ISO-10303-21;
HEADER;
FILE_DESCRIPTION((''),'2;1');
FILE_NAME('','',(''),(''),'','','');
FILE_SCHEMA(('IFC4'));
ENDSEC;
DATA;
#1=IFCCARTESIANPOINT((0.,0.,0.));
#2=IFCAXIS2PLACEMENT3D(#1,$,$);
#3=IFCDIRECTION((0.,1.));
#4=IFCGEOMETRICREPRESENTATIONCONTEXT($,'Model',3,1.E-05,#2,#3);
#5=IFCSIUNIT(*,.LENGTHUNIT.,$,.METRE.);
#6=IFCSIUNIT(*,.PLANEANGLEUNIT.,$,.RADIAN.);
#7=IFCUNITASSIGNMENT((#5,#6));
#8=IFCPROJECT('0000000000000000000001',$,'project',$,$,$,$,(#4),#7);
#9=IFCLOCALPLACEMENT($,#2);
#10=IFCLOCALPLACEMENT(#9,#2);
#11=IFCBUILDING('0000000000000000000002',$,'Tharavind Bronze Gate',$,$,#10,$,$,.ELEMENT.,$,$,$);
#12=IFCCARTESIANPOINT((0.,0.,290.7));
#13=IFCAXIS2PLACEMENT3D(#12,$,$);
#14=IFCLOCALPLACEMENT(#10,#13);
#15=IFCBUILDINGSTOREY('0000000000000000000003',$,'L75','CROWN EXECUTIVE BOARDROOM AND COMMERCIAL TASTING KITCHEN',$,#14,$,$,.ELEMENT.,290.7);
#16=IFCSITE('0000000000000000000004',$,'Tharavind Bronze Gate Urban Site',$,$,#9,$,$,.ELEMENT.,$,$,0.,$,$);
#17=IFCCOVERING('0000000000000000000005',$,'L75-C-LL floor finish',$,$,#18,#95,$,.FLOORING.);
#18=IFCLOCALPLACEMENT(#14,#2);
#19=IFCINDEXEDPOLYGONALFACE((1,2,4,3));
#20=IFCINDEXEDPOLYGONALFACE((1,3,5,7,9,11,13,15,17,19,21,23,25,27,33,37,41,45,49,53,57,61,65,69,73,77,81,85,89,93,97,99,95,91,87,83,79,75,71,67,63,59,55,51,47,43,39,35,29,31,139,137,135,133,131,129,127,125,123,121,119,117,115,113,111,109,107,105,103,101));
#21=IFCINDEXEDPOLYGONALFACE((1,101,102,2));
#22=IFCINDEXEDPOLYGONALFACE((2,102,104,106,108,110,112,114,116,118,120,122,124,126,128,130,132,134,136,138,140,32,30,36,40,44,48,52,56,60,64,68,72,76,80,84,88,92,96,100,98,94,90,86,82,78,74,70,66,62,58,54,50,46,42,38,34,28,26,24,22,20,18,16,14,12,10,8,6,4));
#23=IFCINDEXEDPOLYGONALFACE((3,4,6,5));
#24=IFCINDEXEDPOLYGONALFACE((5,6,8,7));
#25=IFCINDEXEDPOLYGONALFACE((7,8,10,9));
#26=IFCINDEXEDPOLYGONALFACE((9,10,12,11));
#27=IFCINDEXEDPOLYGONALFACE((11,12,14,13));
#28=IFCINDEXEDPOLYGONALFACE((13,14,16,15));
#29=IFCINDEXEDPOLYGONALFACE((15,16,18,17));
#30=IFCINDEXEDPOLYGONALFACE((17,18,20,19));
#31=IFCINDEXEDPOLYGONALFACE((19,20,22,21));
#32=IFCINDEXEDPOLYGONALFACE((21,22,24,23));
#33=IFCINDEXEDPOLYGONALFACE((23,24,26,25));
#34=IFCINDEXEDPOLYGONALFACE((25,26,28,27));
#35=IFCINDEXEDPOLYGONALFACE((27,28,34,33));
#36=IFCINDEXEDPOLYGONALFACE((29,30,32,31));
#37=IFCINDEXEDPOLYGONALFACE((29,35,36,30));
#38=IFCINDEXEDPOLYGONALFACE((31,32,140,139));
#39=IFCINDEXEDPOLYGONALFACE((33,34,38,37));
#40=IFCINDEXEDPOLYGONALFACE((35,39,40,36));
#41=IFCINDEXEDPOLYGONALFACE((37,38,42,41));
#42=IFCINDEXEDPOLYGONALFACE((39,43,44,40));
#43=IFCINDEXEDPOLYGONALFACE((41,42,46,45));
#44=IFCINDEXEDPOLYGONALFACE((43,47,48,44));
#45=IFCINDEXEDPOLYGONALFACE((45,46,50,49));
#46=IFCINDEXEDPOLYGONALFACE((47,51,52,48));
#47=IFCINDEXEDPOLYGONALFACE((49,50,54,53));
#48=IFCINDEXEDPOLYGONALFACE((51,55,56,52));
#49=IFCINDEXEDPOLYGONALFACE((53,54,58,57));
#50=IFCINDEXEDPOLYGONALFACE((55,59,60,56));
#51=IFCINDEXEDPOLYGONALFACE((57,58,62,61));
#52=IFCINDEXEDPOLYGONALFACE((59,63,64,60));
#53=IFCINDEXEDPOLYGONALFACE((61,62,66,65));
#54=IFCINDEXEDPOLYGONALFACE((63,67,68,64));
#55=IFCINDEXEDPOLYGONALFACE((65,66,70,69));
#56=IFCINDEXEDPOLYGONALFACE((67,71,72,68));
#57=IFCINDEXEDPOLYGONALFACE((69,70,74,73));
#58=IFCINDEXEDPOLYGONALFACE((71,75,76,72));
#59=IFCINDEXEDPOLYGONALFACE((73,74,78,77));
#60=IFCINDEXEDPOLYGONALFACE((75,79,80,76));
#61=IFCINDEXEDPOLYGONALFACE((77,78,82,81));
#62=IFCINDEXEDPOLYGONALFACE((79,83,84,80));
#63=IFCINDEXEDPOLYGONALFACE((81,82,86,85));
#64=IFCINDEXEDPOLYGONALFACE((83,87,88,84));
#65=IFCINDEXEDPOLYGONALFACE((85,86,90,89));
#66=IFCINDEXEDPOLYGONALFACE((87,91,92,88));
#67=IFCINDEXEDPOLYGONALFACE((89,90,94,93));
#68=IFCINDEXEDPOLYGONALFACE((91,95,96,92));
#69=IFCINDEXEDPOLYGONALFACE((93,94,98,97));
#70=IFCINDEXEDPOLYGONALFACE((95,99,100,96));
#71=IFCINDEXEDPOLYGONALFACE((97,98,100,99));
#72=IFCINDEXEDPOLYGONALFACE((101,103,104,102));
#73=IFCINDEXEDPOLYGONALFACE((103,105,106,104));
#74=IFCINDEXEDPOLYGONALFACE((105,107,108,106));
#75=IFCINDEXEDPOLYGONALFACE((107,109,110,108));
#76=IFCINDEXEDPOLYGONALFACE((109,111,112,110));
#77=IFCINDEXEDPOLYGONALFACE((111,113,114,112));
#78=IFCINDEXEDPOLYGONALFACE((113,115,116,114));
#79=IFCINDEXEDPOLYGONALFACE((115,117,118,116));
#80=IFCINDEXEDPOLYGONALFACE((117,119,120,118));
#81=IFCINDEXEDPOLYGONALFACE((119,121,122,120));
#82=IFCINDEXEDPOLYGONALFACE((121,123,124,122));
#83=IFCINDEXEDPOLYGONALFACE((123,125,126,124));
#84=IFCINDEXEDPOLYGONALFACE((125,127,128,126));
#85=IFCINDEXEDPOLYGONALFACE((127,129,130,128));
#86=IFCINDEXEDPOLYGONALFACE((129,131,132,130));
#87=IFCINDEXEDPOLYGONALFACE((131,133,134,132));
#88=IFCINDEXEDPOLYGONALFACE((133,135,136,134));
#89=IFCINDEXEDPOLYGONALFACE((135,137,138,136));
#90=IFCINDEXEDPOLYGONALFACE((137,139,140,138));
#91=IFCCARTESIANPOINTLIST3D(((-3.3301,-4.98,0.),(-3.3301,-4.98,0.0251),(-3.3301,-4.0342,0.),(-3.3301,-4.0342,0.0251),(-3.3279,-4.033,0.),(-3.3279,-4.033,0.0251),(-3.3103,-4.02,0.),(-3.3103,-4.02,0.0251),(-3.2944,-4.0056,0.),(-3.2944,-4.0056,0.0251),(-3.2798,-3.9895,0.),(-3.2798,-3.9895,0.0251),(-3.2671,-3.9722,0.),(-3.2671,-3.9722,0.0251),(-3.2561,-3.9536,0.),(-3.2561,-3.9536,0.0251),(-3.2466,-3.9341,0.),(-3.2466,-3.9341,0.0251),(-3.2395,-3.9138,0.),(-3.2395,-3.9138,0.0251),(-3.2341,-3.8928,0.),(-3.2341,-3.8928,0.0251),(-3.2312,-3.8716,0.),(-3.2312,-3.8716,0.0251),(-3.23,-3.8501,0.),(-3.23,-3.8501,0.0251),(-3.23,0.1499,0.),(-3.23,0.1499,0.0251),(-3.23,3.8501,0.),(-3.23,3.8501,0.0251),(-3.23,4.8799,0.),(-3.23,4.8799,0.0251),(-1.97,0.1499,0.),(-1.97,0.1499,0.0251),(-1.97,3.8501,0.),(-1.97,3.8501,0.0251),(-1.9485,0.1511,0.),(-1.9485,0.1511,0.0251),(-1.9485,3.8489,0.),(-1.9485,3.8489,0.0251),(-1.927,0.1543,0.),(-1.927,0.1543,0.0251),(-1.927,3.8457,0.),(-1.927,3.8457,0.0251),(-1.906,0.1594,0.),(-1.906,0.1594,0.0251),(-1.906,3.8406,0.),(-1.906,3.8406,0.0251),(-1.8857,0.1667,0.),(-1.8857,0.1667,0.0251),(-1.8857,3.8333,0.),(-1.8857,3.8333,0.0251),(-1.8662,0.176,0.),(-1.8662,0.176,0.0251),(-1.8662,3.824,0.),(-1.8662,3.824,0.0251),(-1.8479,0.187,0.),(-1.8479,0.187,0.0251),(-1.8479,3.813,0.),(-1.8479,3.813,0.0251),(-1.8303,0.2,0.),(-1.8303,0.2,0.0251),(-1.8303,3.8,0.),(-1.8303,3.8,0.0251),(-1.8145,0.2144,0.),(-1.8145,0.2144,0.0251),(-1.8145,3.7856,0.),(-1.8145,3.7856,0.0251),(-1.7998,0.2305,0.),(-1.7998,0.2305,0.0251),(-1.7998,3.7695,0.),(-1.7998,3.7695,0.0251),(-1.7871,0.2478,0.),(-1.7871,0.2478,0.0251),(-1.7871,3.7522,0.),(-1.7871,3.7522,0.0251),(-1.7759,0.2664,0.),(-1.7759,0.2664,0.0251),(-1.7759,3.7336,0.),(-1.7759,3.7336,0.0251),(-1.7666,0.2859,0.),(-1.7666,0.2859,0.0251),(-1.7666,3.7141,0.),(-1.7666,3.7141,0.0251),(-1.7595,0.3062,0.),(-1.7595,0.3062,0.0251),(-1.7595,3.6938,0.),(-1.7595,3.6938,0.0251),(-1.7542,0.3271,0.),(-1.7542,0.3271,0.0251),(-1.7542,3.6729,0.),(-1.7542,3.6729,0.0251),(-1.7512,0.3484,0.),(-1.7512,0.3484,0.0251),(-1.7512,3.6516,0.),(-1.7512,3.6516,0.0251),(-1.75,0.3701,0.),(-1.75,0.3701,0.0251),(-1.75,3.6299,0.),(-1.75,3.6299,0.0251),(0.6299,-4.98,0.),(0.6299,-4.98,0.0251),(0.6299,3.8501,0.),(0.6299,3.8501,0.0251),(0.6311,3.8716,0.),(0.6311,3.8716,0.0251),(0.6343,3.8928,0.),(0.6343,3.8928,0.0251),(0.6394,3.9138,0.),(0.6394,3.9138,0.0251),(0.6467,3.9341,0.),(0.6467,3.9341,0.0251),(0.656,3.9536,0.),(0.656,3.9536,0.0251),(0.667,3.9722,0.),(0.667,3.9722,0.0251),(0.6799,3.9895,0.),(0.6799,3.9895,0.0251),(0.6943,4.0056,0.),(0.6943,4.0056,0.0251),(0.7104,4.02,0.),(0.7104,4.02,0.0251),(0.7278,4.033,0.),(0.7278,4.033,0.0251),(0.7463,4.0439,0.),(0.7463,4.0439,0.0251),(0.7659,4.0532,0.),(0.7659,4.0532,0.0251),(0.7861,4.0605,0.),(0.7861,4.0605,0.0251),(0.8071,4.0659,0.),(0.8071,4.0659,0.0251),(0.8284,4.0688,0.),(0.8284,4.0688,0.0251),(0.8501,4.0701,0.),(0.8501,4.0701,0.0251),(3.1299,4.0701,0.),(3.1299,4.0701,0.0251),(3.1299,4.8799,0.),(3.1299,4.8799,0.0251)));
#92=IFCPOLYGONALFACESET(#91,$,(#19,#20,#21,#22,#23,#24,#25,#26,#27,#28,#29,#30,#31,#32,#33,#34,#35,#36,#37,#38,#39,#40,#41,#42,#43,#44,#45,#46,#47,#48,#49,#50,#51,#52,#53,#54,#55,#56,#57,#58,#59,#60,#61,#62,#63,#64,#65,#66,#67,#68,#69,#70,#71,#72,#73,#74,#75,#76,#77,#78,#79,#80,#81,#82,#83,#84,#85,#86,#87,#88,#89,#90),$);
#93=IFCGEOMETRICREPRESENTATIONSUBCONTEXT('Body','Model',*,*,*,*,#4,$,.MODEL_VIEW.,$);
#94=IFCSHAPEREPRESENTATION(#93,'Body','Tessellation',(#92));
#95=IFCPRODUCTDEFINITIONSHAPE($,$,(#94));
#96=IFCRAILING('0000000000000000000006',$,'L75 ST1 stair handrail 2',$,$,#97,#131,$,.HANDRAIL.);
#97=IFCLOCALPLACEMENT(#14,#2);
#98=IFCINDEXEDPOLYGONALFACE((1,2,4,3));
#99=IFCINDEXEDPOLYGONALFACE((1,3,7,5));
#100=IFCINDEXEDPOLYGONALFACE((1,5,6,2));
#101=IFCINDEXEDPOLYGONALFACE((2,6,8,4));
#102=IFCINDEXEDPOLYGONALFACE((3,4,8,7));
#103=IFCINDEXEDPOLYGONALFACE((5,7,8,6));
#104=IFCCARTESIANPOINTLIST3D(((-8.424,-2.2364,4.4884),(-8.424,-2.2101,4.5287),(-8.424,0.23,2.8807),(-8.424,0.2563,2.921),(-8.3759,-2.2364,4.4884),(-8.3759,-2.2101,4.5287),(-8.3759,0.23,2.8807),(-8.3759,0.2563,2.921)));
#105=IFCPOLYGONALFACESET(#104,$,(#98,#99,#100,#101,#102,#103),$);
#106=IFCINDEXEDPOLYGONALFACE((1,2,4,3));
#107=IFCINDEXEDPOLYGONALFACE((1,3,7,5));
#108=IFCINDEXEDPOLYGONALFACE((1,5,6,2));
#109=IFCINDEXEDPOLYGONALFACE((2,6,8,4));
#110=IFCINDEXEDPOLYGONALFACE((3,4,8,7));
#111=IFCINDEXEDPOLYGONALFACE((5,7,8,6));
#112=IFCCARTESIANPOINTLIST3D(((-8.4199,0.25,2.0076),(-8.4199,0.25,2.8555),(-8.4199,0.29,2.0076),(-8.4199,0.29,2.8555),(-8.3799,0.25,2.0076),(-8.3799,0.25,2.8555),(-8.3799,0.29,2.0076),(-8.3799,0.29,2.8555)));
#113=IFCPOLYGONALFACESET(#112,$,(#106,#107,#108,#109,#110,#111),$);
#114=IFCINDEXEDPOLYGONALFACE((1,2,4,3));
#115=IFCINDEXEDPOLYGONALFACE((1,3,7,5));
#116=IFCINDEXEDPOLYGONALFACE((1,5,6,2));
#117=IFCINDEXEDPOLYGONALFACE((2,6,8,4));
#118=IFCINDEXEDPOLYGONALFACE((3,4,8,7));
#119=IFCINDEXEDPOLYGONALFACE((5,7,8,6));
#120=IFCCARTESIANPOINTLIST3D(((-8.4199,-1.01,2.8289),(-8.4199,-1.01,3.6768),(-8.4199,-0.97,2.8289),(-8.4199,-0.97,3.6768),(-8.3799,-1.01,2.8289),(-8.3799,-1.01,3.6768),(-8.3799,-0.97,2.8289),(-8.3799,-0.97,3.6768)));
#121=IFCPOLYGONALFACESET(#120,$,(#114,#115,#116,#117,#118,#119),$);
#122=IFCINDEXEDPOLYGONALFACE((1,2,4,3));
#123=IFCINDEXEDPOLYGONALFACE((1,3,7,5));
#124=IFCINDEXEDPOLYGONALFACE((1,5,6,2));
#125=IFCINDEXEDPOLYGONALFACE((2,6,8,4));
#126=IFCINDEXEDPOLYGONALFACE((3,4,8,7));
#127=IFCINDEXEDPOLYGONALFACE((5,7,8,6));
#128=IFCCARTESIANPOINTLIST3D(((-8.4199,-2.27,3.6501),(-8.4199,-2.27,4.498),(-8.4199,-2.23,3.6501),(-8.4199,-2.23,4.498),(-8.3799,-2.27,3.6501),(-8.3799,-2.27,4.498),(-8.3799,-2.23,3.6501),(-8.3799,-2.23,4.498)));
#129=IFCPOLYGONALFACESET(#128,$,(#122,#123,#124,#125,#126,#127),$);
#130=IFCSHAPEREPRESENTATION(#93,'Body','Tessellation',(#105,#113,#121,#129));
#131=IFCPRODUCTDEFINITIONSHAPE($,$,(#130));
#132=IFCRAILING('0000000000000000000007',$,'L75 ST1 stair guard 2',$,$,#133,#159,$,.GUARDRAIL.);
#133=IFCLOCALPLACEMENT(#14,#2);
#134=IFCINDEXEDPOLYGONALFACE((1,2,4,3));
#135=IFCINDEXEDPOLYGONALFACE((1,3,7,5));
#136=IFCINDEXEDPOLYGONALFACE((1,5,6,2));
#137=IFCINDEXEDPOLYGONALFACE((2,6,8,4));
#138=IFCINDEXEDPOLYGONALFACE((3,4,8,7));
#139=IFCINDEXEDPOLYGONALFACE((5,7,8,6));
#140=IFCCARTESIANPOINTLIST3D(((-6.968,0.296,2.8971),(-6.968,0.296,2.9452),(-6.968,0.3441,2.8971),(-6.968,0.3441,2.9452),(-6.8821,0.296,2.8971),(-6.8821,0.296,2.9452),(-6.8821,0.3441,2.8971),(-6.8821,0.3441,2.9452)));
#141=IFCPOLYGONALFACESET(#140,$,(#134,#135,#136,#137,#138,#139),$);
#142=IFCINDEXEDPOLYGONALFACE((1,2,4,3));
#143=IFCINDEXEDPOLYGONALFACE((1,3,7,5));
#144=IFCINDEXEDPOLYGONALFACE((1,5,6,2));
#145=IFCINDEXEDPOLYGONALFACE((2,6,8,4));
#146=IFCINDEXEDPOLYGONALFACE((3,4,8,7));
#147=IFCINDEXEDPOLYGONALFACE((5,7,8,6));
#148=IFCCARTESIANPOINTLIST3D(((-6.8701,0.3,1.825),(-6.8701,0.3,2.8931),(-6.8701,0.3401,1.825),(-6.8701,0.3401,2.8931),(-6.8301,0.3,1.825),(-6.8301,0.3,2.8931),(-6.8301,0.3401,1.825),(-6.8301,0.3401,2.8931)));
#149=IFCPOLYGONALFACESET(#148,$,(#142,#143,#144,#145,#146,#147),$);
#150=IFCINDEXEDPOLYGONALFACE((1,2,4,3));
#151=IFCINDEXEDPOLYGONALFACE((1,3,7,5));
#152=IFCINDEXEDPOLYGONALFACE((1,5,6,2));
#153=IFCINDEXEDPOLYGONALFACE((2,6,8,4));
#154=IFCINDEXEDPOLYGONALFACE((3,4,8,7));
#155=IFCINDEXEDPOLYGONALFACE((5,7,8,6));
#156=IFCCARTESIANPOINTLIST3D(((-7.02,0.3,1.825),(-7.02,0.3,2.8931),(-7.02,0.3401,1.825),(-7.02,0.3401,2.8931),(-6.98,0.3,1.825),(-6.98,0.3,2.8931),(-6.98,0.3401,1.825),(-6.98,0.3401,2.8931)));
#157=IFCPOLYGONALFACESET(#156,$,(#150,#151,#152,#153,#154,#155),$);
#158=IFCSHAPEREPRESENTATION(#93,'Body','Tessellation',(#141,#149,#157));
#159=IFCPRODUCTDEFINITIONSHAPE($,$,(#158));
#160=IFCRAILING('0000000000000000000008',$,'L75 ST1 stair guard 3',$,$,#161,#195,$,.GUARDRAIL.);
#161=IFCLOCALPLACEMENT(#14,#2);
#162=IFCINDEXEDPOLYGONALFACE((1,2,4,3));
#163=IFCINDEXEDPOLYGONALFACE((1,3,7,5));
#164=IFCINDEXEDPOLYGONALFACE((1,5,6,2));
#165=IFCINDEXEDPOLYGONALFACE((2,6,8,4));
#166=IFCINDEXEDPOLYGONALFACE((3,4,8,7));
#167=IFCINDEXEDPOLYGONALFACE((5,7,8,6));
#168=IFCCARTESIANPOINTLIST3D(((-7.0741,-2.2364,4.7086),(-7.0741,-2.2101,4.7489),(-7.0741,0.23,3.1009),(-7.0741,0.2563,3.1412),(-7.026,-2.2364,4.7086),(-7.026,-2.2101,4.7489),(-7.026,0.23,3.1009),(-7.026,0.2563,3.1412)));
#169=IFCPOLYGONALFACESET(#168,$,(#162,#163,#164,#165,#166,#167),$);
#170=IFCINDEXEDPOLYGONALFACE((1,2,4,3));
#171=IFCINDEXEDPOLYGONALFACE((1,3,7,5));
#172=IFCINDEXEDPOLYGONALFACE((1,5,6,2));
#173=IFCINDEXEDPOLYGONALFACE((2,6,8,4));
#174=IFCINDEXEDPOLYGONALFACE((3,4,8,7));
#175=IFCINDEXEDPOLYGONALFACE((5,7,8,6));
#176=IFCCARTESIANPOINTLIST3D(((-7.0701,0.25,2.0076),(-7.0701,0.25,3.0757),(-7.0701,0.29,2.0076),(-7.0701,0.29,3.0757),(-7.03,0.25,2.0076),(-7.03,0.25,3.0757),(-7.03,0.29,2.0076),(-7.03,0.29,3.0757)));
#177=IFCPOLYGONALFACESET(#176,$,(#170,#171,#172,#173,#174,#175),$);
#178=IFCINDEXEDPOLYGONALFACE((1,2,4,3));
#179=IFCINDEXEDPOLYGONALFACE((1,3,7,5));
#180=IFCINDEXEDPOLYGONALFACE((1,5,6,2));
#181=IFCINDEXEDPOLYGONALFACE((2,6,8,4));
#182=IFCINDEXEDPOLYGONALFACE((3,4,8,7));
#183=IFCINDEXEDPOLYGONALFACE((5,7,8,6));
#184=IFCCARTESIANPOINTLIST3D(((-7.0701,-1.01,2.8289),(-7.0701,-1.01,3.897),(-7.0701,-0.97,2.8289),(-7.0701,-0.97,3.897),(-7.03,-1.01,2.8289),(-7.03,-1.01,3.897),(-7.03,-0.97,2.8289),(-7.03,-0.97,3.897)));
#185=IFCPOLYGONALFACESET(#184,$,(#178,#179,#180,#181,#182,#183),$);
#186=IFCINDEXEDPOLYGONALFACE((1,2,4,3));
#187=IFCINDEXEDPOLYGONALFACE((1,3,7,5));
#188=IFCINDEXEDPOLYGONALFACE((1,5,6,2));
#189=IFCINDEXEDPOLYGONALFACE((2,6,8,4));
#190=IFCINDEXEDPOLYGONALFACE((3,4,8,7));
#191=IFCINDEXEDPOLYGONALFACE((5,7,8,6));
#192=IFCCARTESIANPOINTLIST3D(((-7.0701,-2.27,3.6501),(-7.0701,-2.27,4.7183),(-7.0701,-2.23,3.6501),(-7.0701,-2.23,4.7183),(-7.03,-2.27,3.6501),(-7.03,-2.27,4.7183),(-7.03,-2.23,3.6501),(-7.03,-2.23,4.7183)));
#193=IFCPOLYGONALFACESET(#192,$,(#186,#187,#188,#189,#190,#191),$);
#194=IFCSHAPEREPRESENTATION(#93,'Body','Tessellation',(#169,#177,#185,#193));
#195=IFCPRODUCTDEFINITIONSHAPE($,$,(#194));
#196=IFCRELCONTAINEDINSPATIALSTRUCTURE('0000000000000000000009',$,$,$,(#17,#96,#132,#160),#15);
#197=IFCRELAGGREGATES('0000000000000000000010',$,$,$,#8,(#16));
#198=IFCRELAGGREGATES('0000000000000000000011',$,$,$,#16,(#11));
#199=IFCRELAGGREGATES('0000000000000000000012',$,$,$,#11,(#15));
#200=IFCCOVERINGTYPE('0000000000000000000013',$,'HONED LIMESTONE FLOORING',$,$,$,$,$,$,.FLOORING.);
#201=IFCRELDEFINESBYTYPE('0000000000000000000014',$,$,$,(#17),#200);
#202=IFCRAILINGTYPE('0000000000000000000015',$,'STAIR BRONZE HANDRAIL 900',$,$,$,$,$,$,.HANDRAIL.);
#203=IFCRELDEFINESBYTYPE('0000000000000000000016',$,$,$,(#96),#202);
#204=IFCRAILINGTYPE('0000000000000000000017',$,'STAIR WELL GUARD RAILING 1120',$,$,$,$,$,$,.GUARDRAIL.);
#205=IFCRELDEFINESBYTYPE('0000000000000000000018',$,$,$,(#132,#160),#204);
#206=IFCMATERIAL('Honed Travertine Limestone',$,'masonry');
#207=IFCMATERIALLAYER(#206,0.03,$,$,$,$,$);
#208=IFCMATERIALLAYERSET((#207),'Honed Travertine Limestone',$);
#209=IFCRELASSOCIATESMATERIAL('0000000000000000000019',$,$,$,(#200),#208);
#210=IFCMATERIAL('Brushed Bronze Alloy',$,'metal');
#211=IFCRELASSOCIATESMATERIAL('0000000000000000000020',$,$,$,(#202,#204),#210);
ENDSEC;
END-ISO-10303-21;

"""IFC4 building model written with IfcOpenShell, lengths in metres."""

from ifc_helpers import new_model, si_unit, direction, frame, origin, origin_2d, place, context, subcontext, project, spatial, polyline, rectangle, outline, extrude, material, layer, layer_set, type_object, element, save


model = new_model("IFC4")

# Units and contexts
model_context = context("Model", 3, precision=1e-05, world=origin(), true_north=direction((0.0, 1.0)))
body_context = subcontext(model_context, "Body", "Model", "MODEL_VIEW")
ifc_project = project(units=[si_unit("LENGTHUNIT", "METRE"), si_unit("PLANEANGLEUNIT", "RADIAN")], contexts=[model_context])

# Site, building, storey
site_placement = place(None, origin())
site = spatial("IfcSite", under=ifc_project, at=site_placement, Name="Tharavind Bronze Gate Urban Site", CompositionType="ELEMENT", RefElevation=0.0)
building_placement = place(site_placement, origin())
building = spatial("IfcBuilding", under=site, at=building_placement, Name="Tharavind Bronze Gate", CompositionType="ELEMENT")
storey_placement = place(building_placement, frame((0.0, 0.0, 290.7)))
storey = spatial("IfcBuildingStorey", under=building, at=storey_placement, Name="L75", Description="CROWN EXECUTIVE BOARDROOM AND COMMERCIAL TASTING KITCHEN", CompositionType="ELEMENT", Elevation=290.7)

# Covering
ifc_material_1 = material(Name="Honed Travertine Limestone", Category="masonry")
ifc_layer_1 = layer(ifc_material_1, 0.03)
ifc_layer_set_1 = layer_set([ifc_layer_1], Name="Honed Travertine Limestone")
covering_type_1 = type_object("IfcCoveringType", Name="HONED LIMESTONE FLOORING", PredefinedType="FLOORING", material=ifc_layer_set_1)
covering_1_placement = place(storey_placement, origin())
element("IfcCovering", 1, at=covering_1_placement, inside=storey, type_object=covering_type_1, Name="L75-C-LL floor finish", PredefinedType="FLOORING", context=body_context, shape_type="SweptSolid", body=[
    extrude(outline(polyline([(-3.3301, -4.98), (0.6299, -4.98), (0.6299, 3.8501), (0.6311, 3.8716), (0.6343, 3.8928), (0.6394, 3.9138), (0.6467, 3.9341), (0.656, 3.9536), (0.667, 3.9722), (0.6799, 3.9895), (0.6943, 4.0056), (0.7104, 4.02), (0.7278, 4.033), (0.7463, 4.0439), (0.7659, 4.0532), (0.7861, 4.0605), (0.8071, 4.0659), (0.8284, 4.0688), (0.8501, 4.0701), (3.1299, 4.0701), (3.1299, 4.8799), (-3.23, 4.8799), (-3.23, 3.8501), (-1.97, 3.8501), (-1.9485, 3.8489), (-1.927, 3.8457), (-1.906, 3.8406), (-1.8857, 3.8333), (-1.8662, 3.824), (-1.8479, 3.813), (-1.8303, 3.8), (-1.8145, 3.7856), (-1.7998, 3.7695), (-1.7871, 3.7522), (-1.7759, 3.7336), (-1.7666, 3.7141), (-1.7595, 3.6938), (-1.7542, 3.6729), (-1.7512, 3.6516), (-1.75, 3.6299), (-1.75, 0.3701), (-1.7512, 0.3484), (-1.7542, 0.3271), (-1.7595, 0.3062), (-1.7666, 0.2859), (-1.7759, 0.2664), (-1.7871, 0.2478), (-1.7998, 0.2305), (-1.8145, 0.2144), (-1.8303, 0.2), (-1.8479, 0.187), (-1.8662, 0.176), (-1.8857, 0.1667), (-1.906, 0.1594), (-1.927, 0.1543), (-1.9485, 0.1511), (-1.97, 0.1499), (-3.23, 0.1499), (-3.23, -3.8501), (-3.2312, -3.8716), (-3.2341, -3.8928), (-3.2395, -3.9138), (-3.2466, -3.9341), (-3.2561, -3.9536), (-3.2671, -3.9722), (-3.2798, -3.9895), (-3.2944, -4.0056), (-3.3103, -4.02), (-3.3279, -4.033), (-3.3301, -4.0342), (-3.3301, -4.98)])), origin(), (0.0, 0.0, 1.0), 0.0251),
])

# Railings
ifc_material_2 = material(Name="Brushed Bronze Alloy", Category="metal")
railing_type_1 = type_object("IfcRailingType", Name="STAIR BRONZE HANDRAIL 900", PredefinedType="HANDRAIL", material=ifc_material_2)
railing_1_placement = place(storey_placement, frame((-8.3999, 0.27, 2.0076)))
element("IfcRailing", 2, at=railing_1_placement, inside=storey, type_object=railing_type_1, Name="L75 ST1 stair handrail 2", PredefinedType="HANDRAIL", context=body_context, shape_type="SweptSolid", body=[
    extrude(rectangle(XDim=0.0481, YDim=0.0481, at=origin_2d()), frame((0.0, -0.0269, 0.8933), z_axis=(0.0, -0.837749, 0.546055), x_axis=(1.0, 0.0, 0.0)), (0.0, 0.0, 1.0), 2.9441),
    extrude(rectangle(XDim=0.04, YDim=0.04, at=origin_2d()), origin(), (0.0, 0.0, 1.0), 0.8479),
    extrude(rectangle(XDim=0.04, YDim=0.04, at=origin_2d()), frame((0.0, -1.26, 0.8213)), (0.0, 0.0, 1.0), 0.8479),
    extrude(rectangle(XDim=0.04, YDim=0.04, at=origin_2d()), frame((0.0, -2.52, 1.6426)), (0.0, 0.0, 1.0), 0.8479),
])
railing_type_2 = type_object("IfcRailingType", Name="STAIR WELL GUARD RAILING 1120", PredefinedType="GUARDRAIL", material=ifc_material_2)
railing_2_placement = place(storey_placement, frame((-6.8501, 0.3201, 1.825)))
element("IfcRailing", 3, at=railing_2_placement, inside=storey, type_object=railing_type_2, Name="L75 ST1 stair guard 2", PredefinedType="GUARDRAIL", context=body_context, shape_type="SweptSolid", body=[
    extrude(rectangle(XDim=0.0481, YDim=0.0481, at=origin_2d()), frame((-0.032, 0.0, 1.0962), z_axis=(-1.0, 0.0, 0.0), x_axis=(0.0, -1.0, 0.0)), (0.0, 0.0, 1.0), 0.0859),
    extrude(rectangle(XDim=0.04, YDim=0.04, at=origin_2d()), origin(), (0.0, 0.0, 1.0), 1.0681),
    extrude(rectangle(XDim=0.04, YDim=0.04, at=origin_2d()), frame((-0.1499, 0.0, 0.0)), (0.0, 0.0, 1.0), 1.0681),
])
railing_3_placement = place(storey_placement, frame((-7.05, 0.27, 2.0076)))
element("IfcRailing", 4, at=railing_3_placement, inside=storey, type_object=railing_type_2, Name="L75 ST1 stair guard 3", PredefinedType="GUARDRAIL", context=body_context, shape_type="SweptSolid", body=[
    extrude(rectangle(XDim=0.0481, YDim=0.0481, at=origin_2d()), frame((0.0, -0.0269, 1.1135), z_axis=(0.0, -0.837749, 0.546055), x_axis=(1.0, 0.0, 0.0)), (0.0, 0.0, 1.0), 2.9441),
    extrude(rectangle(XDim=0.04, YDim=0.04, at=origin_2d()), origin(), (0.0, 0.0, 1.0), 1.0681),
    extrude(rectangle(XDim=0.04, YDim=0.04, at=origin_2d()), frame((0.0, -1.26, 0.8213)), (0.0, 0.0, 1.0), 1.0681),
    extrude(rectangle(XDim=0.04, YDim=0.04, at=origin_2d()), frame((0.0, -2.52, 1.6426)), (0.0, 0.0, 1.0), 1.0681),
])

save(model, "model.ifc")
